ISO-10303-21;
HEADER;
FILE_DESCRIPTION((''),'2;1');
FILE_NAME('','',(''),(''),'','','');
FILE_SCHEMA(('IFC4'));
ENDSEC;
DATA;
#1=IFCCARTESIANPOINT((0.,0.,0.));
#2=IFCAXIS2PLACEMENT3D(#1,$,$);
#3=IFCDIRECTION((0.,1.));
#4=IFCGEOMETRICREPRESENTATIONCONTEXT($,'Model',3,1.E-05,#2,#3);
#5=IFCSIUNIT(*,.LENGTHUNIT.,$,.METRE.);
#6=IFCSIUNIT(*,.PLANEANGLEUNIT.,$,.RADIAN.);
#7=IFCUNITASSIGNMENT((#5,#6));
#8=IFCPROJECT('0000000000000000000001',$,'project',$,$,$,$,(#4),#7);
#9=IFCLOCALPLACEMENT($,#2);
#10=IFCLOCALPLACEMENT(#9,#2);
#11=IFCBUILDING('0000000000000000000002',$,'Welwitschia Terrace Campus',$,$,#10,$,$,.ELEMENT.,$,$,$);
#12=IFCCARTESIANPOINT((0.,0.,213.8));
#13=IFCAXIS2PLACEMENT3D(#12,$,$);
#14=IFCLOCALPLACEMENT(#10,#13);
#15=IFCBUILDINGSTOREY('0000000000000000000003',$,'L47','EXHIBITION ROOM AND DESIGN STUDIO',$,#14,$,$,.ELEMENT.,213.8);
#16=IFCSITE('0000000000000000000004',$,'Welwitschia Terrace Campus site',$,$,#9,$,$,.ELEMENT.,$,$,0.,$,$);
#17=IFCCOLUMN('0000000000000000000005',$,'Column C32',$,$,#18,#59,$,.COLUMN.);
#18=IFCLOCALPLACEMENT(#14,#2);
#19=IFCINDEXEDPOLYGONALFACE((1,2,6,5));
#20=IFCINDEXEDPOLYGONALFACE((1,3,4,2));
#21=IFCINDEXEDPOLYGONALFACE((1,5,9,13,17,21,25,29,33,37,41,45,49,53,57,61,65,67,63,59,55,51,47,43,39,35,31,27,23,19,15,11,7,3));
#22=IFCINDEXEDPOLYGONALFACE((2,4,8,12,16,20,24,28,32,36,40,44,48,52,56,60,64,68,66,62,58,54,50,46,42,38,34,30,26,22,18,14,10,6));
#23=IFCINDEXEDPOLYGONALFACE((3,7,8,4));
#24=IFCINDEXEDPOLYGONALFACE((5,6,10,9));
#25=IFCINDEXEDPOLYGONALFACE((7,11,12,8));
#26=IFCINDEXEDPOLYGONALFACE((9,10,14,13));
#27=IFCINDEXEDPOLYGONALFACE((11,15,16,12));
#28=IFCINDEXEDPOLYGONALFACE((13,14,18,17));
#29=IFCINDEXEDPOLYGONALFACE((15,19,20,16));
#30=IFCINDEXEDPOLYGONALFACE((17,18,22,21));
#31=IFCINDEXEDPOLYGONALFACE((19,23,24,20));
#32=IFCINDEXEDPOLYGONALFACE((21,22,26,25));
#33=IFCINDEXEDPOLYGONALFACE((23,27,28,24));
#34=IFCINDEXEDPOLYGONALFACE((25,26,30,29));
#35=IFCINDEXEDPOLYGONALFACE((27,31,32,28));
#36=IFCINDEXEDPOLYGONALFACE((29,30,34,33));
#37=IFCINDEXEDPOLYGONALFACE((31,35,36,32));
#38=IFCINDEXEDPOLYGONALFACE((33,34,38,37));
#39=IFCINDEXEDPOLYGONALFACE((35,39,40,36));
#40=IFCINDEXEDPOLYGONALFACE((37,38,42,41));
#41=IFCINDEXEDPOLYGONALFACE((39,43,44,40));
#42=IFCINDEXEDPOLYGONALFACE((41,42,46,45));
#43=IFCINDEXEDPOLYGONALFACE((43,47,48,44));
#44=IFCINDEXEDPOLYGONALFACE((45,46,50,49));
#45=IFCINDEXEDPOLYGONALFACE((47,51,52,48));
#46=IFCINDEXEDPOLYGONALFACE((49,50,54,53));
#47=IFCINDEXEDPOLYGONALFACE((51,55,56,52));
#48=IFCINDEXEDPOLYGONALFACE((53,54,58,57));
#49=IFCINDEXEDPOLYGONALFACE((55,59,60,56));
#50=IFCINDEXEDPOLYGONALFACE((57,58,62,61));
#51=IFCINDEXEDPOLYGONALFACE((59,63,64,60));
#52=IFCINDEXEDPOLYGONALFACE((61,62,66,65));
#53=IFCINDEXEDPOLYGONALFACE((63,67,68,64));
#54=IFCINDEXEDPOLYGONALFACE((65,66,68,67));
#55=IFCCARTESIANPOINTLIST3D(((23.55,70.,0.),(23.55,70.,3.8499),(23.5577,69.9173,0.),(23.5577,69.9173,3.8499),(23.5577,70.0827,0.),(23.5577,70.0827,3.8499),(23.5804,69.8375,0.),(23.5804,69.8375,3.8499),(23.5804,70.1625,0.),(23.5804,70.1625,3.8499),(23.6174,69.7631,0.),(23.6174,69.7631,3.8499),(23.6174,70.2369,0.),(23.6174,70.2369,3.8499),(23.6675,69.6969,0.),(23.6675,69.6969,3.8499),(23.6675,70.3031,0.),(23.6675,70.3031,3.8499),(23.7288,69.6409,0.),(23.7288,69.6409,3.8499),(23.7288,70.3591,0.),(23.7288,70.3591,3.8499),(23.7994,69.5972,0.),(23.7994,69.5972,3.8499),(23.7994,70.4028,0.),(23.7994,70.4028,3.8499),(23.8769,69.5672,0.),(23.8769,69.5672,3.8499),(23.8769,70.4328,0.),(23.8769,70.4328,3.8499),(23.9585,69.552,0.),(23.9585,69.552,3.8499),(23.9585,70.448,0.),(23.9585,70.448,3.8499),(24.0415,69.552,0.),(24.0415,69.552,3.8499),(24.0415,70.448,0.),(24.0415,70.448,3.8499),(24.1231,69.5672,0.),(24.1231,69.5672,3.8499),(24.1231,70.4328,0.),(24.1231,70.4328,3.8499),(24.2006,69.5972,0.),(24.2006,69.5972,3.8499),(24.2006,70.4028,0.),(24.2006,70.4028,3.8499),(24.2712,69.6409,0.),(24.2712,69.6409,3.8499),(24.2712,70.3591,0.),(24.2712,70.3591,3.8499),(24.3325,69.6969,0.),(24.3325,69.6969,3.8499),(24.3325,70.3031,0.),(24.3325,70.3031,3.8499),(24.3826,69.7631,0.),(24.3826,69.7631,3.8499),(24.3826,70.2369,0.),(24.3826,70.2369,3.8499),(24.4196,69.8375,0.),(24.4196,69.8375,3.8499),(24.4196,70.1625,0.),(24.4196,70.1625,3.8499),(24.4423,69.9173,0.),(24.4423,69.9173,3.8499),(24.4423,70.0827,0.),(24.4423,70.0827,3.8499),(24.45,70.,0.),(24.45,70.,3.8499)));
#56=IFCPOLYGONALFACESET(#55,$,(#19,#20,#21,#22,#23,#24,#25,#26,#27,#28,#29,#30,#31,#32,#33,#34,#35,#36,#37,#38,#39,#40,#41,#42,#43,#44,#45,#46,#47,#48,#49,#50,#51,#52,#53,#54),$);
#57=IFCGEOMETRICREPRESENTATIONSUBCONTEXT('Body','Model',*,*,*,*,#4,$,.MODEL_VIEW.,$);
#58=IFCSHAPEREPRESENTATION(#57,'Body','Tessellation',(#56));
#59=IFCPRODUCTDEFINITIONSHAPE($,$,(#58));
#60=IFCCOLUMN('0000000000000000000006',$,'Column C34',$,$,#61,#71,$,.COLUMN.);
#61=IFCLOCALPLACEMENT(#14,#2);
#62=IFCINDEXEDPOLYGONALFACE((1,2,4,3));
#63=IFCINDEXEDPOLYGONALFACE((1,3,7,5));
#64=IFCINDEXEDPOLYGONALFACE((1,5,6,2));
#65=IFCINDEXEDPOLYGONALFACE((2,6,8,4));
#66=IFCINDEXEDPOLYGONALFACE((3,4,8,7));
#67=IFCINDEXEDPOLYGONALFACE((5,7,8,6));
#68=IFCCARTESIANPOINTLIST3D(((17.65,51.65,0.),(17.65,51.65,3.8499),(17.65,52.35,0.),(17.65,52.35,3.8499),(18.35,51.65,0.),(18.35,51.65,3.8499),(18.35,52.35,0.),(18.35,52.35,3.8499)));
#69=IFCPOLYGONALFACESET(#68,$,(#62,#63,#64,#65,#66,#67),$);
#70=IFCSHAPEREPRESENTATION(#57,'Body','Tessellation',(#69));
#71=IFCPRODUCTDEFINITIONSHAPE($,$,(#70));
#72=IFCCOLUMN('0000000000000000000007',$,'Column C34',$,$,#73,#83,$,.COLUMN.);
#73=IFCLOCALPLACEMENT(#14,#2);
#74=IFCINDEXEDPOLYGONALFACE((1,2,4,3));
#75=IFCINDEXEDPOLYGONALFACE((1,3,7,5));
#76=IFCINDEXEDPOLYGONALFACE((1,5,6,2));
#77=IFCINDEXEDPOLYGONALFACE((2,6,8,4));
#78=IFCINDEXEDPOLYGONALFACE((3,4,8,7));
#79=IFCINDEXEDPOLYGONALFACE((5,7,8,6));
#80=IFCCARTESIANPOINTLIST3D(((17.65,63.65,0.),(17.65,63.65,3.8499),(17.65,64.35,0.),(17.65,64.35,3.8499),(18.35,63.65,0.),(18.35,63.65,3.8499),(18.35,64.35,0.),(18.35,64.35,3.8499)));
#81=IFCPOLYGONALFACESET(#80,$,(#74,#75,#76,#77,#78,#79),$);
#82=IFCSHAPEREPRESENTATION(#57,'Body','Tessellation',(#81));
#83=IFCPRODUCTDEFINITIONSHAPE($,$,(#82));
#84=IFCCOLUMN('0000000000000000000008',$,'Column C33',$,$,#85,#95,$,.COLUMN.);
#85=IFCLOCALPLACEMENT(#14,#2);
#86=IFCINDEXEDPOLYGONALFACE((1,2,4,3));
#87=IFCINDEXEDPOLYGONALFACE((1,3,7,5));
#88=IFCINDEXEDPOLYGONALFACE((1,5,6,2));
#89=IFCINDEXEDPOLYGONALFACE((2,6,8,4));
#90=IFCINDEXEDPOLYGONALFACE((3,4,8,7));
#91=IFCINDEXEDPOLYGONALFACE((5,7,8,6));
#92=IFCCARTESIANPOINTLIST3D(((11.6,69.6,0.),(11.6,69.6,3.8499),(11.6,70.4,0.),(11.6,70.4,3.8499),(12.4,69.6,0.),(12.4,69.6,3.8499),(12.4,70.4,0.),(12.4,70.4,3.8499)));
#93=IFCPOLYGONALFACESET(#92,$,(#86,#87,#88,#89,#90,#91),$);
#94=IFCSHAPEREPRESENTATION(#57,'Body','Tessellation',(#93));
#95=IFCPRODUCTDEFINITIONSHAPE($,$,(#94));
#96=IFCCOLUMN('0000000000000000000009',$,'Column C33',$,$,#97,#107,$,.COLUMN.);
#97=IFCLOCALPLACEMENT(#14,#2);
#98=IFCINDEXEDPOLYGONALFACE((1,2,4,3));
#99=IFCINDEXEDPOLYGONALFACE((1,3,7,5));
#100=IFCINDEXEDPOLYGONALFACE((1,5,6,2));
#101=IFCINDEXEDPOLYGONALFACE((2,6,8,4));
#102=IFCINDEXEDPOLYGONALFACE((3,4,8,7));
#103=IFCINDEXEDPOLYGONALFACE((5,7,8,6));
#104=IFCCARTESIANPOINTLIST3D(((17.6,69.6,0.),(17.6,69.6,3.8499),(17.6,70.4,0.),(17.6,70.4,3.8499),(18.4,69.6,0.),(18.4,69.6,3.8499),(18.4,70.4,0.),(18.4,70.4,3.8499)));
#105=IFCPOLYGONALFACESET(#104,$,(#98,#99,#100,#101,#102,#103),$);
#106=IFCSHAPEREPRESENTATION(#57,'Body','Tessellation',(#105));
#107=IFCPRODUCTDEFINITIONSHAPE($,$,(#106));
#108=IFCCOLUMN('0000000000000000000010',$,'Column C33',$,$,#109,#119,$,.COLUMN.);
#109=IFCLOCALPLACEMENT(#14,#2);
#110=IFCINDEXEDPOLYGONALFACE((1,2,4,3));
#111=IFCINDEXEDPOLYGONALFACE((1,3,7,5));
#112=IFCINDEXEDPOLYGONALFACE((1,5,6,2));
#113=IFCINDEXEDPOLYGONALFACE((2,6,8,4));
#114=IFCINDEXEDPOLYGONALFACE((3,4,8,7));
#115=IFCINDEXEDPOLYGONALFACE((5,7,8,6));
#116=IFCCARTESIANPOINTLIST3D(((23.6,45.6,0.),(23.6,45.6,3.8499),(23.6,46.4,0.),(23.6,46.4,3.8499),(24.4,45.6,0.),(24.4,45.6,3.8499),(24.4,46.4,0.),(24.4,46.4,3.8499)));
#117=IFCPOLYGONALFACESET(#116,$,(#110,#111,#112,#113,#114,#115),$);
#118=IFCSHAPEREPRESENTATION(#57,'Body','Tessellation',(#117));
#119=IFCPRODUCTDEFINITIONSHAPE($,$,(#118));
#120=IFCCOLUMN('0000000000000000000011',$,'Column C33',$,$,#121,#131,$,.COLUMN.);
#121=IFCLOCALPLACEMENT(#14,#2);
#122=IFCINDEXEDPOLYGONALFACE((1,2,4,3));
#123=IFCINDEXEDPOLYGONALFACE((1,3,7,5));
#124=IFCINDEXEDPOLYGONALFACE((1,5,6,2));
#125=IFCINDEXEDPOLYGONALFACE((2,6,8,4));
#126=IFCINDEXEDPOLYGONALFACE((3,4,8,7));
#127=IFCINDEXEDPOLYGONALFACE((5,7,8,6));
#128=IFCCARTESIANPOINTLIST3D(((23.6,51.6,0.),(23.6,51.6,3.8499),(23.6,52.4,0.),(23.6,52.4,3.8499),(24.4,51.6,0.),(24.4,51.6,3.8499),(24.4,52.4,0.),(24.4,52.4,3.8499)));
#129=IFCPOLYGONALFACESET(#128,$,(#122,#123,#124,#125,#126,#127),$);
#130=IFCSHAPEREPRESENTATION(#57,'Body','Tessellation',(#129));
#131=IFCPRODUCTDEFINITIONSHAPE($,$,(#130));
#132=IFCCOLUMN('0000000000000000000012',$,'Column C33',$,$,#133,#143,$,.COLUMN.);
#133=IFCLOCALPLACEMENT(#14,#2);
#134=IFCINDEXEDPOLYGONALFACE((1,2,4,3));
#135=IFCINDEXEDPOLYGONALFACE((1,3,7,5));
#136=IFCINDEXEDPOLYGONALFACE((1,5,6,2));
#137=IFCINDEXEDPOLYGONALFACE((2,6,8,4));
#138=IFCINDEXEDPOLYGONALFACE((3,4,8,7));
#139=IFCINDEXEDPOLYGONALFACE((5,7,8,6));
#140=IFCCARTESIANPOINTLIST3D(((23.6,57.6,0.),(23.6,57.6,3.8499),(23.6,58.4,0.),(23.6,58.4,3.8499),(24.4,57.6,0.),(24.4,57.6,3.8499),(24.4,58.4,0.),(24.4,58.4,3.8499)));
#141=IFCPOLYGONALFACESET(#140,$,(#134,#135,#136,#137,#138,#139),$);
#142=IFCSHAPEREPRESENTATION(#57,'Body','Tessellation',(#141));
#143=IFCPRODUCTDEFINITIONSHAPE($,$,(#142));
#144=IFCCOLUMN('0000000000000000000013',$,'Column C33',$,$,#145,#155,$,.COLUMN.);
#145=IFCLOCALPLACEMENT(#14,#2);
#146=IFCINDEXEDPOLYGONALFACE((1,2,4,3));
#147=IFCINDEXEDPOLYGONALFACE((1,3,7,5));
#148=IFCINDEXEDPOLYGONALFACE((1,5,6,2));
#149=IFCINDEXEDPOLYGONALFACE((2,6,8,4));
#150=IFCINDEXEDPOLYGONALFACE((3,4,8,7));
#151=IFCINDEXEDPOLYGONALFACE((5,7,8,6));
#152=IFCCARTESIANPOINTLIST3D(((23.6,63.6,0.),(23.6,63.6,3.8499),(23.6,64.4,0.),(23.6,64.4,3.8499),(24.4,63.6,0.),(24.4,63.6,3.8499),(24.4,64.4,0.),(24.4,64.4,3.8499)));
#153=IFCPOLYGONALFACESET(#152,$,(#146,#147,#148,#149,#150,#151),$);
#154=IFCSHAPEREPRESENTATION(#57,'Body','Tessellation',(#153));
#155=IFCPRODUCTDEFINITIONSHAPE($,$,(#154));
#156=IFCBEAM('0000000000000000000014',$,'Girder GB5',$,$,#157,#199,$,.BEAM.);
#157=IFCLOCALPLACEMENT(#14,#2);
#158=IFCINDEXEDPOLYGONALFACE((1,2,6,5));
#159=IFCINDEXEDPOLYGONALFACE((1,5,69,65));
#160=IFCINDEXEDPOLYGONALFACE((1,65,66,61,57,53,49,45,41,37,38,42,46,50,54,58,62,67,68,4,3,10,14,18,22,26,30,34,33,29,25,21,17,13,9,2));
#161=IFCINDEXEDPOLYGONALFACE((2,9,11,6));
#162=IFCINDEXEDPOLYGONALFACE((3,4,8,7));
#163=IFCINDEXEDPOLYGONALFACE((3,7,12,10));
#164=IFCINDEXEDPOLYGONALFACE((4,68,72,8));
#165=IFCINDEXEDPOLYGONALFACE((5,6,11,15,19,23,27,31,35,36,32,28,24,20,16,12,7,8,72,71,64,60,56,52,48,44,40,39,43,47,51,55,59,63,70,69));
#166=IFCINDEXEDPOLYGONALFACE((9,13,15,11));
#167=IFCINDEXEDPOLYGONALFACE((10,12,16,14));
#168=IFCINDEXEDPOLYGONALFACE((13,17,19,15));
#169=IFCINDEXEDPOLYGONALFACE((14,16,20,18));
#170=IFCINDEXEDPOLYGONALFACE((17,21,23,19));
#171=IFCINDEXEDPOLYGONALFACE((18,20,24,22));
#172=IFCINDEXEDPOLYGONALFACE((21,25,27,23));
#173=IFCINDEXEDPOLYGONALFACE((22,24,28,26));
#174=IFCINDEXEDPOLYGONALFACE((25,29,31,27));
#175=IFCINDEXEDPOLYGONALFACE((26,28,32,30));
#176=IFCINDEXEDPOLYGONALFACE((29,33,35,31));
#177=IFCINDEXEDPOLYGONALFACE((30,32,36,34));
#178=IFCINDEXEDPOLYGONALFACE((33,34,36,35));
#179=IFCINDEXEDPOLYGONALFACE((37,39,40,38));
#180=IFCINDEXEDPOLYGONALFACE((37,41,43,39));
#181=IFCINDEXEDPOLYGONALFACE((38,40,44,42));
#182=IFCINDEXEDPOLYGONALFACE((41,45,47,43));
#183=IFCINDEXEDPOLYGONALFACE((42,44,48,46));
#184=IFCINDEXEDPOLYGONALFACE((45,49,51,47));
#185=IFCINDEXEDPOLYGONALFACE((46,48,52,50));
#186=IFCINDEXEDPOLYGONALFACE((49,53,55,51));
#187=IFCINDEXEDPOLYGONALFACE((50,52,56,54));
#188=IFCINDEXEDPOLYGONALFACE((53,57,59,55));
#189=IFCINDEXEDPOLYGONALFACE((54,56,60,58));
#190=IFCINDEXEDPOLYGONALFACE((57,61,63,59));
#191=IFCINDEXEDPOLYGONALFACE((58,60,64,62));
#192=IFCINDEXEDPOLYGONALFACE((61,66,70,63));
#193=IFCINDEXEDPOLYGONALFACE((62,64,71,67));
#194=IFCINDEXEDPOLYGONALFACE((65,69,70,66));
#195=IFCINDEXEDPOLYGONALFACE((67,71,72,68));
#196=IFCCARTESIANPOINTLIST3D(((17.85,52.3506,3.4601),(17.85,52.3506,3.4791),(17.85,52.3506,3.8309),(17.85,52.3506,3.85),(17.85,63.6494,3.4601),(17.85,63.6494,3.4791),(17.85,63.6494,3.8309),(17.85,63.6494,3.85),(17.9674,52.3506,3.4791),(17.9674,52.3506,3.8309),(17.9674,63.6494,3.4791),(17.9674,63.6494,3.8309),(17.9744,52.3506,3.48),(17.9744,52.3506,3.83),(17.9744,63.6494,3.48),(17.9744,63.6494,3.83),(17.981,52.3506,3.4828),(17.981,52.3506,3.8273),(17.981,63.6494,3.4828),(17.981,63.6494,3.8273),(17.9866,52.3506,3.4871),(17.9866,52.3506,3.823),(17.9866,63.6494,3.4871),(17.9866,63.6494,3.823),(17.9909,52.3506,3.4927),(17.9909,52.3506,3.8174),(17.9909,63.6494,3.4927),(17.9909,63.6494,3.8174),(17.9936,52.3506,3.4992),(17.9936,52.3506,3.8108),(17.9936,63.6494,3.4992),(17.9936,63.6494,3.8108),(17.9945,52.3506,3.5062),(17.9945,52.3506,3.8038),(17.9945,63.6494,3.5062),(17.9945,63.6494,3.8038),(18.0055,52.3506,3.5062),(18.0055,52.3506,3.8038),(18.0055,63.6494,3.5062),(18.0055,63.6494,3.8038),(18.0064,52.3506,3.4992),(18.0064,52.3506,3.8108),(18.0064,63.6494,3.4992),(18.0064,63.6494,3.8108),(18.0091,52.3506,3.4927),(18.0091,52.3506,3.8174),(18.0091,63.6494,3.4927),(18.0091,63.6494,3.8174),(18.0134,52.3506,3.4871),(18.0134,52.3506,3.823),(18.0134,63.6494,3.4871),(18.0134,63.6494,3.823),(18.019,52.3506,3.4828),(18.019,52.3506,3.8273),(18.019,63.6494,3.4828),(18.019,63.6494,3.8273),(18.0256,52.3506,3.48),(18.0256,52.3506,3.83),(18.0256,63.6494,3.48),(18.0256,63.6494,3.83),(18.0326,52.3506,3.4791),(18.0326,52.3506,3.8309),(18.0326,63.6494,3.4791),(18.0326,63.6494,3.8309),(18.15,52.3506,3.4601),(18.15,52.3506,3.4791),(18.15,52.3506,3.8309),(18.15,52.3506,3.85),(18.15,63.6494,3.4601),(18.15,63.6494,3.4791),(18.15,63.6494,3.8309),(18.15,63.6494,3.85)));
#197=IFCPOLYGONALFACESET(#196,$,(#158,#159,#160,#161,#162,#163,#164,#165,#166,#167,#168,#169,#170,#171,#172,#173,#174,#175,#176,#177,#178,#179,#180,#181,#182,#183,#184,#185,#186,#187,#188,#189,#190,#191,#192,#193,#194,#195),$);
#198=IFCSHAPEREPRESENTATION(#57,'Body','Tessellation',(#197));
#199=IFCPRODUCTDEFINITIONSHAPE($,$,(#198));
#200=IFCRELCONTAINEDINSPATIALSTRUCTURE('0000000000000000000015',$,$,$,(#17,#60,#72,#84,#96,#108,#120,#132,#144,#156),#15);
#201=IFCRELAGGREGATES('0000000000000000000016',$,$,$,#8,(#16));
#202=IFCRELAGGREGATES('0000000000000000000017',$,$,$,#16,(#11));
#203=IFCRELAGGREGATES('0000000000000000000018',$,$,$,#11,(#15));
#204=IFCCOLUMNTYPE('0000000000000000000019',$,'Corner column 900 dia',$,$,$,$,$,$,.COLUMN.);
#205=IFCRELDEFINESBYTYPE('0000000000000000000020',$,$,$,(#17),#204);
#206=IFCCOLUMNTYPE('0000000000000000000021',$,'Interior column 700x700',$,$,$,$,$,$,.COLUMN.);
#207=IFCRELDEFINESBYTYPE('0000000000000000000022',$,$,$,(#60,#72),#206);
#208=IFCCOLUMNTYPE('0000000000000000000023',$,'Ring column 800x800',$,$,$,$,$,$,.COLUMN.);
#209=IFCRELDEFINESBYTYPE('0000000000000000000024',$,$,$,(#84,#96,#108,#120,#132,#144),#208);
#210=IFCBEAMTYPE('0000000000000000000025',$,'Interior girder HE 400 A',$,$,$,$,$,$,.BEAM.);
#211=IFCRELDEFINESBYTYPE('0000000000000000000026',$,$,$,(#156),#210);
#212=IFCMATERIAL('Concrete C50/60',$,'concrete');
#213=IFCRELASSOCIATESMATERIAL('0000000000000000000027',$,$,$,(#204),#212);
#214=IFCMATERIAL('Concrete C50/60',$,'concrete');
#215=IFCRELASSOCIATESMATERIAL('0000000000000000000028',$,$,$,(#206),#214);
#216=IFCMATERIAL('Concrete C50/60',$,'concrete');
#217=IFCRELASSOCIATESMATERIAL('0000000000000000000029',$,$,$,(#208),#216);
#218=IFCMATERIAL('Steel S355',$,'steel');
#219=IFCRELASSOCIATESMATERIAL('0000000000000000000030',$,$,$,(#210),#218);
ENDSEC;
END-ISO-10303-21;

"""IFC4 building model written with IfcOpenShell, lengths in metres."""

from ifc_helpers import new_model, si_unit, direction, frame, origin, origin_2d, place, context, subcontext, project, spatial, rectangle, circle, i_section, extrude, material, material_profile, profile_set, type_object, element, save


model = new_model("IFC4")

# Units and contexts
model_context = context("Model", 3, precision=1e-05, world=origin(), true_north=direction((0.0, 1.0)))
body_context = subcontext(model_context, "Body", "Model", "MODEL_VIEW")
ifc_project = project(units=[si_unit("LENGTHUNIT", "METRE"), si_unit("PLANEANGLEUNIT", "RADIAN")], contexts=[model_context])

# Site, building, storey
site_placement = place(None, origin())
site = spatial("IfcSite", under=ifc_project, at=site_placement, Name="Welwitschia Terrace Campus site", CompositionType="ELEMENT", RefElevation=0.0)
building_placement = place(site_placement, origin())
building = spatial("IfcBuilding", under=site, at=building_placement, Name="Welwitschia Terrace Campus", CompositionType="ELEMENT")
storey_placement = place(building_placement, frame((0.0, 0.0, 213.8)))
storey = spatial("IfcBuildingStorey", under=building, at=storey_placement, Name="L47", Description="EXHIBITION ROOM AND DESIGN STUDIO", CompositionType="ELEMENT", Elevation=213.8)

# Columns
ifc_material_1 = material(Name="Concrete C50/60", Category="concrete")
ifc_material_profile_1 = material_profile(ifc_material_1, circle(Radius=0.45, at=origin_2d()))
ifc_profile_set_1 = profile_set([ifc_material_profile_1], Name="Concrete C50/60")
column_type_1 = type_object("IfcColumnType", Name="Corner column 900 dia", PredefinedType="COLUMN", material=ifc_profile_set_1)
column_placement = place(storey_placement, frame((24.0, 70.0, 0.0), z_axis=(0.0, 0.0, 1.0), x_axis=(1.0, 0.0, 0.0)))
element("IfcColumn", 1, at=column_placement, inside=storey, type_object=column_type_1, Name="Column C32", PredefinedType="COLUMN", context=body_context, shape_type="SweptSolid", body=[
    extrude(circle(Radius=0.45, at=origin_2d()), origin(), (0.0, 0.0, 1.0), 3.8499),
])
ifc_material_2 = material(Name="Concrete C50/60", Category="concrete")
ifc_material_profile_2 = material_profile(ifc_material_2, rectangle(XDim=0.7, YDim=0.7, at=origin_2d()))
ifc_profile_set_2 = profile_set([ifc_material_profile_2], Name="Concrete C50/60")
column_type_2 = type_object("IfcColumnType", Name="Interior column 700x700", PredefinedType="COLUMN", material=ifc_profile_set_2)
for number, where, z_axis, x_axis, name in (
    (2, (18.0, 52.0, 0.0), (0.0, 0.0, 1.0), (1.0, 0.0, 0.0), "Column C34"),
    (3, (18.0, 64.0, 0.0), (0.0, 0.0, 1.0), (1.0, 0.0, 0.0), "Column C34"),
):
    element("IfcColumn", number, at=place(storey_placement, frame(where, z_axis=z_axis, x_axis=x_axis)), inside=storey, type_object=column_type_2, Name=name, PredefinedType="COLUMN", context=body_context, shape_type="SweptSolid", body=[
        extrude(rectangle(XDim=0.7, YDim=0.7, at=origin_2d()), origin(), (0.0, 0.0, 1.0), 3.8499),
    ])
ifc_material_3 = material(Name="Concrete C50/60", Category="concrete")
ifc_material_profile_3 = material_profile(ifc_material_3, rectangle(XDim=0.8, YDim=0.8, at=origin_2d()))
ifc_profile_set_3 = profile_set([ifc_material_profile_3], Name="Concrete C50/60")
column_type_3 = type_object("IfcColumnType", Name="Ring column 800x800", PredefinedType="COLUMN", material=ifc_profile_set_3)
for number, where, z_axis, x_axis, name in (
    (4, (12.0, 70.0, 0.0), (0.0, 0.0, 1.0), (1.0, 0.0, 0.0), "Column C33"),
    (5, (18.0, 70.0, 0.0), (0.0, 0.0, 1.0), (1.0, 0.0, 0.0), "Column C33"),
    (6, (24.0, 46.0, 0.0), (0.0, 0.0, 1.0), (1.0, 0.0, 0.0), "Column C33"),
    (7, (24.0, 52.0, 0.0), (0.0, 0.0, 1.0), (1.0, 0.0, 0.0), "Column C33"),
    (8, (24.0, 58.0, 0.0), (0.0, 0.0, 1.0), (1.0, 0.0, 0.0), "Column C33"),
    (9, (24.0, 64.0, 0.0), (0.0, 0.0, 1.0), (1.0, 0.0, 0.0), "Column C33"),
):
    element("IfcColumn", number, at=place(storey_placement, frame(where, z_axis=z_axis, x_axis=x_axis)), inside=storey, type_object=column_type_3, Name=name, PredefinedType="COLUMN", context=body_context, shape_type="SweptSolid", body=[
        extrude(rectangle(XDim=0.8, YDim=0.8, at=origin_2d()), origin(), (0.0, 0.0, 1.0), 3.8499),
    ])

# Beam
ifc_material_4 = material(Name="Steel S355", Category="steel")
ifc_material_profile_4 = material_profile(ifc_material_4, i_section(OverallWidth=0.3, OverallDepth=0.3899, WebThickness=0.011, FlangeThickness=0.019, FilletRadius=0.0271, at=origin_2d()))
ifc_profile_set_4 = profile_set([ifc_material_profile_4], Name="Steel S355")
beam_type_1 = type_object("IfcBeamType", Name="Interior girder HE 400 A", PredefinedType="BEAM", material=ifc_profile_set_4)
beam_1_placement = place(storey_placement, frame((18.0, 52.3506, 3.655), z_axis=(0.0, 1.0, 0.0), x_axis=(-1.0, 0.0, 0.0)))
element("IfcBeam", 10, at=beam_1_placement, inside=storey, type_object=beam_type_1, Name="Girder GB5", PredefinedType="BEAM", context=body_context, shape_type="SweptSolid", body=[
    extrude(i_section(OverallWidth=0.3, OverallDepth=0.3899, WebThickness=0.011, FlangeThickness=0.019, FilletRadius=0.0271, at=origin_2d()), origin(), (0.0, 0.0, 1.0), 11.2988),
])

save(model, "model.ifc")
